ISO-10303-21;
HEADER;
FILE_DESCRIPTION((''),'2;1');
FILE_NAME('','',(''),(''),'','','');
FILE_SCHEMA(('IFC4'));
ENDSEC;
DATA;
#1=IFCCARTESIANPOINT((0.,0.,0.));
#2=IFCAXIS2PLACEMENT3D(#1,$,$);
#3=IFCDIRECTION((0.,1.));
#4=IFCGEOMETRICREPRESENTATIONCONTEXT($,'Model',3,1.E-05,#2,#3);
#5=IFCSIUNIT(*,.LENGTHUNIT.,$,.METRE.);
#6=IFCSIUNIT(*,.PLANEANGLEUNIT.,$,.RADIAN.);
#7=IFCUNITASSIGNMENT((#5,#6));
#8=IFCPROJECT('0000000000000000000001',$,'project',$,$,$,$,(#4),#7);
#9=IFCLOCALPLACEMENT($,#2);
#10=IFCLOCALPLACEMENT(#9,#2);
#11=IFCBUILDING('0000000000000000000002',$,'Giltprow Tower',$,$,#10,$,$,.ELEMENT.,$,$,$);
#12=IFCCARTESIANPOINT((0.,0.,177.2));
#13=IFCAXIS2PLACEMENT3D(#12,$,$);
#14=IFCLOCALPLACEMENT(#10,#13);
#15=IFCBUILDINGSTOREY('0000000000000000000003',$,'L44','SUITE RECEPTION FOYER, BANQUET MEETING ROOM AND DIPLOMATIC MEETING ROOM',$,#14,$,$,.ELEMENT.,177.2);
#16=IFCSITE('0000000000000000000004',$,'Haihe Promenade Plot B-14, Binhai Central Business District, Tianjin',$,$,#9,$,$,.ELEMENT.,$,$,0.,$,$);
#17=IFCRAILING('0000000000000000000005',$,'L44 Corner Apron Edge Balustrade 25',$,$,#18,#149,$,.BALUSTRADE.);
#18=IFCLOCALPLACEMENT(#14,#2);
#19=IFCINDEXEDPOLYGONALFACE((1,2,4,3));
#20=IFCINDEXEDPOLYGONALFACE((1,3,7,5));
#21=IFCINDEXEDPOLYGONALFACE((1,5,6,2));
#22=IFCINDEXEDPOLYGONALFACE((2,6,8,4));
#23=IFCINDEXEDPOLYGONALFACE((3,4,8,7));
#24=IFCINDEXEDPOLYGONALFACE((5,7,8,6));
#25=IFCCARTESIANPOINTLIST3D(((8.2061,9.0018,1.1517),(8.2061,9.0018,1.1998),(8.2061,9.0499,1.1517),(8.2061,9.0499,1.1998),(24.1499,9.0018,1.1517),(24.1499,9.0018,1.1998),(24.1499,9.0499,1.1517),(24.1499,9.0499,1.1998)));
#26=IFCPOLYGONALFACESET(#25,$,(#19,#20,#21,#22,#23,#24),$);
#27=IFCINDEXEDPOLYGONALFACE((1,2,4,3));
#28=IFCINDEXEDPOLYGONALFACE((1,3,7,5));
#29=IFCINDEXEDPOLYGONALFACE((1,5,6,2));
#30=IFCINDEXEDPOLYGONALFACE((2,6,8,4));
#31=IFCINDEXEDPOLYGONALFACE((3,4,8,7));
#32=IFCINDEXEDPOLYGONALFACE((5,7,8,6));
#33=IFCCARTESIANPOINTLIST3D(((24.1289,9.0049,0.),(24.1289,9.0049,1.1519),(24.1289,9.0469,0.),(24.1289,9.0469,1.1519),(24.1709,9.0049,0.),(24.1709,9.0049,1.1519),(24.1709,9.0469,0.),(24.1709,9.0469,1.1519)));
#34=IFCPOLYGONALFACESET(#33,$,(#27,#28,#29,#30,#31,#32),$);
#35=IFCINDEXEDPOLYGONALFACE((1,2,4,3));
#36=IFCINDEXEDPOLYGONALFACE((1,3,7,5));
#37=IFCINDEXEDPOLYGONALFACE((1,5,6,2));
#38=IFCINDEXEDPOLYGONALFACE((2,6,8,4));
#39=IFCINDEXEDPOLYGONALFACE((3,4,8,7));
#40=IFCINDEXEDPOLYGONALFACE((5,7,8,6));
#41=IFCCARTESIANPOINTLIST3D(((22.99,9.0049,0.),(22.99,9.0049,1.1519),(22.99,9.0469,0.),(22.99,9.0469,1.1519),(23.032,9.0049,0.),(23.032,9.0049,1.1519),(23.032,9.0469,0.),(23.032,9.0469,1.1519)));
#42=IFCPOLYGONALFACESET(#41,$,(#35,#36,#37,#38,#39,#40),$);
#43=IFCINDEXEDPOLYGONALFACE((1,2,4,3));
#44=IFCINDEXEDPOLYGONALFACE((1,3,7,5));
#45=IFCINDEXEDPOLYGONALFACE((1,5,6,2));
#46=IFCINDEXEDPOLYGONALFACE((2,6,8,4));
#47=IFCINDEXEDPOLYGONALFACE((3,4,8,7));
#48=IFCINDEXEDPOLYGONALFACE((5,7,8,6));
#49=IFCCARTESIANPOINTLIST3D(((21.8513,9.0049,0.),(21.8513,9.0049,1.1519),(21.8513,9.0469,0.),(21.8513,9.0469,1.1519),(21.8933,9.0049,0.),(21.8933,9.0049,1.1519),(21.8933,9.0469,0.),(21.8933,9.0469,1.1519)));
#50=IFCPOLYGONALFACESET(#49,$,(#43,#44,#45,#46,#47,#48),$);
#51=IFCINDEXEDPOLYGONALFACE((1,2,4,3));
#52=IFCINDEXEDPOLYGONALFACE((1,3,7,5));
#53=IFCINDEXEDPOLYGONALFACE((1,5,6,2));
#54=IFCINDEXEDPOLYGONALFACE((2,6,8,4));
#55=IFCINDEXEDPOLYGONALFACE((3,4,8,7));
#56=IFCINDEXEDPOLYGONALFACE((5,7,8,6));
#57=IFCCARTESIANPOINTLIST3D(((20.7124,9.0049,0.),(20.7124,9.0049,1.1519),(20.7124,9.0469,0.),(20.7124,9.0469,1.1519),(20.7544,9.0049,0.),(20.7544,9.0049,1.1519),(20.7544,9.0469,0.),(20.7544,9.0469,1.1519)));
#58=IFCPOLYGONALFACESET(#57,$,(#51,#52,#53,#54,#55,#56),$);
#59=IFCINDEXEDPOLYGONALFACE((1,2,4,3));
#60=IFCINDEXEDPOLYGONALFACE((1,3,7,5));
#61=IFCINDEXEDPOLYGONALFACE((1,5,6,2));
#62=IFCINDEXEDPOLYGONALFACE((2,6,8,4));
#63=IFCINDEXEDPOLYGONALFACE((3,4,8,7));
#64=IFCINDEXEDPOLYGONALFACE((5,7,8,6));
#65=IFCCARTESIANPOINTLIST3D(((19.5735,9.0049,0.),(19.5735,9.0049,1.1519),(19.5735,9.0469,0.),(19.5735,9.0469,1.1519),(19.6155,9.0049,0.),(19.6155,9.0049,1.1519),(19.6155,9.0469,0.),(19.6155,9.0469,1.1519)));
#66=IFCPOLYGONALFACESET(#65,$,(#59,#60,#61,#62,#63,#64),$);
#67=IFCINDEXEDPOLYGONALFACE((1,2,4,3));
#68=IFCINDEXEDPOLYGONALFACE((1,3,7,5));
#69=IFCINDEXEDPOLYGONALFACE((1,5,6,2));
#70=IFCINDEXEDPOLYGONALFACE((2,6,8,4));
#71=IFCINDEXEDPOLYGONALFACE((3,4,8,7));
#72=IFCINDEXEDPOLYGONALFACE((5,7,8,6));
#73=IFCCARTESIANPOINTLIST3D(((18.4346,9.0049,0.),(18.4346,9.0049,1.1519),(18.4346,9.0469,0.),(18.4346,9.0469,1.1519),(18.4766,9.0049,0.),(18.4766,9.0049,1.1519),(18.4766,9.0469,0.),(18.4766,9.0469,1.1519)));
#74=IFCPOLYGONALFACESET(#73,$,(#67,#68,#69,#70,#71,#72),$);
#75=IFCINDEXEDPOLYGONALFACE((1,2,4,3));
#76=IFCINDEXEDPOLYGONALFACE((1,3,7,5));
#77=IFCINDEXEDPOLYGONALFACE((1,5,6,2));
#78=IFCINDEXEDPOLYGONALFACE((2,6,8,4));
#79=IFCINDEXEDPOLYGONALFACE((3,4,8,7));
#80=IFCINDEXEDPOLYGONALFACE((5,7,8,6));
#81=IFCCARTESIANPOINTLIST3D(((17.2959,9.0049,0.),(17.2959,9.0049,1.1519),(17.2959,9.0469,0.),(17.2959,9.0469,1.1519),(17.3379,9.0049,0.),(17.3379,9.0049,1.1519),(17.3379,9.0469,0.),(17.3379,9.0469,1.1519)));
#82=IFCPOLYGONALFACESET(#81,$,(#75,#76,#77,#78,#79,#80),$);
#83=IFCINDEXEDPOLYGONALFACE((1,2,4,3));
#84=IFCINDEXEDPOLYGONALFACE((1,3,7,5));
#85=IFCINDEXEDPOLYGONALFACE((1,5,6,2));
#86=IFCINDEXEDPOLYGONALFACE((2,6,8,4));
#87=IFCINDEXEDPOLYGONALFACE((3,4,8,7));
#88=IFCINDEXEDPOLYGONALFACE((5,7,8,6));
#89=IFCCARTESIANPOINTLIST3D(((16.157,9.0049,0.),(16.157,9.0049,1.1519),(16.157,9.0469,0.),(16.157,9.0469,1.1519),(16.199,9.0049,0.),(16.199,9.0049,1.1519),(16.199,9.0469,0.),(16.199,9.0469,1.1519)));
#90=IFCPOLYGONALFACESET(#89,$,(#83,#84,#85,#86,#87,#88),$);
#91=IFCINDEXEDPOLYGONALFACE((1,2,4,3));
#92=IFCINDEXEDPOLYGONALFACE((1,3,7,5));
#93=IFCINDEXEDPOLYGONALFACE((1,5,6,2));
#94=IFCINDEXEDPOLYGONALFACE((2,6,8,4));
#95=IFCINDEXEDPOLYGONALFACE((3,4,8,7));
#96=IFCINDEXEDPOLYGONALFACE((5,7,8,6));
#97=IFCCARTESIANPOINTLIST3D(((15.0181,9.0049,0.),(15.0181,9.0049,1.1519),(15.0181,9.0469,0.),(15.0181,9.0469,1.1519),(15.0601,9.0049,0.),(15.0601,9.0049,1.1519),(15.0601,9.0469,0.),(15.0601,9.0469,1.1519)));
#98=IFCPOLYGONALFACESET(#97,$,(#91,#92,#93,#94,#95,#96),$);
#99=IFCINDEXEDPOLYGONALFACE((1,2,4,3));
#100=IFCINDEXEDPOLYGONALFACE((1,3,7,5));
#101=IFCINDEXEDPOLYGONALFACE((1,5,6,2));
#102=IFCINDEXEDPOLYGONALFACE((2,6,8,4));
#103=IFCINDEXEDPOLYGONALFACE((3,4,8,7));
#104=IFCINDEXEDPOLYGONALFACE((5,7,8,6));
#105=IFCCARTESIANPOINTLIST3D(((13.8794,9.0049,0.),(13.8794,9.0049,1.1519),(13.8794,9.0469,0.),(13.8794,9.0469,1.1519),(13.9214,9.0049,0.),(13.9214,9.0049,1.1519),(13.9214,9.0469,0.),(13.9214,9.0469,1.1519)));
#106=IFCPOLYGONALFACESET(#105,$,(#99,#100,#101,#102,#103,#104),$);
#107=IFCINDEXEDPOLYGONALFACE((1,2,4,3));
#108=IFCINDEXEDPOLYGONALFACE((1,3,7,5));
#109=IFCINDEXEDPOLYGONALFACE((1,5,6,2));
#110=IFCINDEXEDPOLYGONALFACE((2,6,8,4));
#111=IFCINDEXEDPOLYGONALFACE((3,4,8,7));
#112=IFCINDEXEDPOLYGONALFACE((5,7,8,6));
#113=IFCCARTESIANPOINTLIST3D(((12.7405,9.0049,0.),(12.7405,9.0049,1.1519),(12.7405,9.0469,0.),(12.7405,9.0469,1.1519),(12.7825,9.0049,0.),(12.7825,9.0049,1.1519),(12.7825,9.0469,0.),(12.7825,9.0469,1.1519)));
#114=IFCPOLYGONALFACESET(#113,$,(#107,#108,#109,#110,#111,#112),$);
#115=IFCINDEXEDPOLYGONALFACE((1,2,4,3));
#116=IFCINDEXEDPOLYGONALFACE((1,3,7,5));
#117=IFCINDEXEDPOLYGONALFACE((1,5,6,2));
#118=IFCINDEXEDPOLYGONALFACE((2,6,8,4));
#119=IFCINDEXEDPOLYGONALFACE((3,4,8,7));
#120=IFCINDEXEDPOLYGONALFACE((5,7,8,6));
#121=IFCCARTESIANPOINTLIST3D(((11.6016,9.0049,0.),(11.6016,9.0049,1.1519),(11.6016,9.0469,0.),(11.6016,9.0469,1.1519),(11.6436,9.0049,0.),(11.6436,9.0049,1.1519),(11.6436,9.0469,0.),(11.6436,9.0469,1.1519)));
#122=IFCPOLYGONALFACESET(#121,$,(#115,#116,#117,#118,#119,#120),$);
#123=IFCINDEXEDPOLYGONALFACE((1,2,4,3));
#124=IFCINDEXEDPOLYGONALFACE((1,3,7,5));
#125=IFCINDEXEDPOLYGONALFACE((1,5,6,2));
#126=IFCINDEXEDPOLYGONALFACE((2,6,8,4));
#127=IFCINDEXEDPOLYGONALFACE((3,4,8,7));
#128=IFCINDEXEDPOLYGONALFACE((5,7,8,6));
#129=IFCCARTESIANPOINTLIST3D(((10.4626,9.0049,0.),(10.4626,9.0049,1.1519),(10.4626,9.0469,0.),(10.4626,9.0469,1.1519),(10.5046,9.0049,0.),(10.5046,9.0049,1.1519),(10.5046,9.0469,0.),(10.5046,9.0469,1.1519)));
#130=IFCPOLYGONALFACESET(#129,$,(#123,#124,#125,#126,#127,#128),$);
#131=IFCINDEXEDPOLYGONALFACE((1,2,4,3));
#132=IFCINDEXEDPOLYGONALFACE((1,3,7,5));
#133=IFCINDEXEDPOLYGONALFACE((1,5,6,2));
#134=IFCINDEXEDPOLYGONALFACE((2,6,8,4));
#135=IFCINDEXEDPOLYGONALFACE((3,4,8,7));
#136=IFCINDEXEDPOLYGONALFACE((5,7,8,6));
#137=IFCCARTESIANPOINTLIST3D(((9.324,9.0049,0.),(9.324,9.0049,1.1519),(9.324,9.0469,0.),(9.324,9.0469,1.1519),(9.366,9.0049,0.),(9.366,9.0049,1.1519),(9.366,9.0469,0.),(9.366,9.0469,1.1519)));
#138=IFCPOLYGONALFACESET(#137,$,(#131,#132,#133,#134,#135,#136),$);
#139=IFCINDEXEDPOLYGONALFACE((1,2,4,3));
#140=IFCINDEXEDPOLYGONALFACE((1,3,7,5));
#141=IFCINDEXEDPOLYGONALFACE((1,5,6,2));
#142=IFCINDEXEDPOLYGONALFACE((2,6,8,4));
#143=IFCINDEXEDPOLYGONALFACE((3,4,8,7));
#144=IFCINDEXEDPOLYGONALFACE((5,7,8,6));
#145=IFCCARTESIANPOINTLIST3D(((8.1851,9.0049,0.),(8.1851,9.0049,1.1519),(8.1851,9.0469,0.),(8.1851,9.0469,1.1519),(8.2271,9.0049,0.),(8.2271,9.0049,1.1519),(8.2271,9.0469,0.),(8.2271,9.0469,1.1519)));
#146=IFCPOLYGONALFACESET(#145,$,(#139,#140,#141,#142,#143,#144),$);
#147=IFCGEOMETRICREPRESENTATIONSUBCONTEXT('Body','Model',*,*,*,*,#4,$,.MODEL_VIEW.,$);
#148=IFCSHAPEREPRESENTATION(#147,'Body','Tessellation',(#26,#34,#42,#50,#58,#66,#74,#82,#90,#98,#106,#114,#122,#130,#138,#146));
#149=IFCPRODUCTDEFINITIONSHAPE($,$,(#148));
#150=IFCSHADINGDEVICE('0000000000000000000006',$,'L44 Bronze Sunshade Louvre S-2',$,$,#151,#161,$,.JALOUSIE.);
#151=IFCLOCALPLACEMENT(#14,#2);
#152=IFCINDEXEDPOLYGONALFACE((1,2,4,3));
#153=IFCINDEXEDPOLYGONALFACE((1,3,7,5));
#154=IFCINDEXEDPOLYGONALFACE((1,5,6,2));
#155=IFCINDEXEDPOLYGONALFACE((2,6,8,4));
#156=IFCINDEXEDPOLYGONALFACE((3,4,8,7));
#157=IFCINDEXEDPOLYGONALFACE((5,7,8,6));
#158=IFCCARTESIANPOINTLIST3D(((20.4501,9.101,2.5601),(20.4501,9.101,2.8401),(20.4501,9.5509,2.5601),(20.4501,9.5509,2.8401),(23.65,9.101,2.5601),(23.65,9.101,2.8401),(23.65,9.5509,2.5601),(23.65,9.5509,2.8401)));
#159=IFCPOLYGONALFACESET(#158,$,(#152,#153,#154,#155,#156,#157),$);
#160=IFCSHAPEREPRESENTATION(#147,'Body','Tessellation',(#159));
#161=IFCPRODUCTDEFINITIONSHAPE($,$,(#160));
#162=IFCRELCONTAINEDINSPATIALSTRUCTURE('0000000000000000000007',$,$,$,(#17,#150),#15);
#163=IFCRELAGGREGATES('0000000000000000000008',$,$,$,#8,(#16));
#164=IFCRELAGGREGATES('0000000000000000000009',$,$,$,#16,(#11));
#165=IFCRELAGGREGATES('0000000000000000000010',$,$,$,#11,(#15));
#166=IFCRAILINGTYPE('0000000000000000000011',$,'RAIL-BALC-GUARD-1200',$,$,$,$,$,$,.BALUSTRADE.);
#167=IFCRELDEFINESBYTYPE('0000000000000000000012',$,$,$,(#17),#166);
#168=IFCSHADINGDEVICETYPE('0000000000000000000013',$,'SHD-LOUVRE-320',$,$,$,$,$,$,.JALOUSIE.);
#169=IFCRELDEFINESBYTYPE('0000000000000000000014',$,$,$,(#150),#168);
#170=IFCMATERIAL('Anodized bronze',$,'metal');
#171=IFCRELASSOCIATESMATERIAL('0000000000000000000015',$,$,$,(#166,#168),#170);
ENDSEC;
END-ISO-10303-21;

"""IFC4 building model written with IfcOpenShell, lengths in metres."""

from ifc_helpers import new_model, si_unit, direction, frame, origin, origin_2d, place, context, subcontext, project, spatial, rectangle, extrude, source, transform, mapped, material, type_object, element, save


model = new_model("IFC4")

# Units and contexts
model_context = context("Model", 3, precision=1e-05, world=origin(), true_north=direction((0.0, 1.0)))
body_context = subcontext(model_context, "Body", "Model", "MODEL_VIEW")
ifc_project = project(units=[si_unit("LENGTHUNIT", "METRE"), si_unit("PLANEANGLEUNIT", "RADIAN")], contexts=[model_context])

# Site, building, storey
site_placement = place(None, origin())
site = spatial("IfcSite", under=ifc_project, at=site_placement, Name="Haihe Promenade Plot B-14, Binhai Central Business District, Tianjin", CompositionType="ELEMENT", RefElevation=0.0)
building_placement = place(site_placement, origin())
building = spatial("IfcBuilding", under=site, at=building_placement, Name="Giltprow Tower", CompositionType="ELEMENT")
storey_placement = place(building_placement, frame((0.0, 0.0, 177.2)))
storey = spatial("IfcBuildingStorey", under=building, at=storey_placement, Name="L44", Description="SUITE RECEPTION FOYER, BANQUET MEETING ROOM AND DIPLOMATIC MEETING ROOM", CompositionType="ELEMENT", Elevation=177.2)

# Railing
ifc_material_1 = material(Name="Anodized bronze", Category="metal")
railing_type = type_object("IfcRailingType", Name="RAIL-BALC-GUARD-1200", PredefinedType="BALUSTRADE", material=ifc_material_1)
railing_1_placement = place(storey_placement, frame((24.1499, 9.0259, 0.0)))
element("IfcRailing", 1, at=railing_1_placement, inside=storey, type_object=railing_type, Name="L44 Corner Apron Edge Balustrade 25", PredefinedType="BALUSTRADE", context=body_context, shape_type="SweptSolid", body=[
    extrude(rectangle(XDim=0.0481, YDim=0.0481, at=origin_2d()), frame((0.0, 0.0, 1.1758), z_axis=(-1.0, 0.0, 0.0), x_axis=(0.0, -1.0, 0.0)), (0.0, 0.0, 1.0), 15.9438),
    extrude(rectangle(XDim=0.042, YDim=0.042, at=origin_2d()), origin(), (0.0, 0.0, 1.0), 1.1519),
    extrude(rectangle(XDim=0.042, YDim=0.042, at=origin_2d()), frame((-1.1389, 0.0, 0.0)), (0.0, 0.0, 1.0), 1.1519),
    extrude(rectangle(XDim=0.042, YDim=0.042, at=origin_2d()), frame((-2.2776, 0.0, 0.0)), (0.0, 0.0, 1.0), 1.1519),
    extrude(rectangle(XDim=0.042, YDim=0.042, at=origin_2d()), frame((-3.4165, 0.0, 0.0)), (0.0, 0.0, 1.0), 1.1519),
    extrude(rectangle(XDim=0.042, YDim=0.042, at=origin_2d()), frame((-4.5554, 0.0, 0.0)), (0.0, 0.0, 1.0), 1.1519),
    extrude(rectangle(XDim=0.042, YDim=0.042, at=origin_2d()), frame((-5.6943, 0.0, 0.0)), (0.0, 0.0, 1.0), 1.1519),
    extrude(rectangle(XDim=0.042, YDim=0.042, at=origin_2d()), frame((-6.833, 0.0, 0.0)), (0.0, 0.0, 1.0), 1.1519),
    extrude(rectangle(XDim=0.042, YDim=0.042, at=origin_2d()), frame((-7.9719, 0.0, 0.0)), (0.0, 0.0, 1.0), 1.1519),
    extrude(rectangle(XDim=0.042, YDim=0.042, at=origin_2d()), frame((-9.1108, 0.0, 0.0)), (0.0, 0.0, 1.0), 1.1519),
    extrude(rectangle(XDim=0.042, YDim=0.042, at=origin_2d()), frame((-10.2495, 0.0, 0.0)), (0.0, 0.0, 1.0), 1.1519),
    extrude(rectangle(XDim=0.042, YDim=0.042, at=origin_2d()), frame((-11.3884, 0.0, 0.0)), (0.0, 0.0, 1.0), 1.1519),
    extrude(rectangle(XDim=0.042, YDim=0.042, at=origin_2d()), frame((-12.5273, 0.0, 0.0)), (0.0, 0.0, 1.0), 1.1519),
    extrude(rectangle(XDim=0.042, YDim=0.042, at=origin_2d()), frame((-13.6663, 0.0, 0.0)), (0.0, 0.0, 1.0), 1.1519),
    extrude(rectangle(XDim=0.042, YDim=0.042, at=origin_2d()), frame((-14.8049, 0.0, 0.0)), (0.0, 0.0, 1.0), 1.1519),
    extrude(rectangle(XDim=0.042, YDim=0.042, at=origin_2d()), frame((-15.9438, 0.0, 0.0)), (0.0, 0.0, 1.0), 1.1519),
])

# Shading device
shading_device_type = type_object("IfcShadingDeviceType", Name="SHD-LOUVRE-320", PredefinedType="JALOUSIE", material=ifc_material_1)
shared_shape_1 = source(origin(), body_context, "Body", "SweptSolid", [
    extrude(rectangle(XDim=3.2, YDim=0.45, at=origin_2d()), origin(), (0.0, 0.0, 1.0), 0.28),
])
shading_device_placement = place(storey_placement, frame((22.05, 9.3259, 2.5601), z_axis=(0.0, 0.0, 1.0), x_axis=(1.0, 0.0, 0.0)))
element("IfcShadingDevice", 2, at=shading_device_placement, inside=storey, type_object=shading_device_type, Name="L44 Bronze Sunshade Louvre S-2", PredefinedType="JALOUSIE", context=body_context, shape_type="MappedRepresentation", body=[
    mapped(shared_shape_1, transform((0.0, 0.0, 0.0), x_axis=(1.0, 0.0, 0.0), y_axis=(0.0, 1.0, 0.0), z_axis=(0.0, 0.0, 1.0), scale=1.0)),
])

save(model, "model.ifc")
